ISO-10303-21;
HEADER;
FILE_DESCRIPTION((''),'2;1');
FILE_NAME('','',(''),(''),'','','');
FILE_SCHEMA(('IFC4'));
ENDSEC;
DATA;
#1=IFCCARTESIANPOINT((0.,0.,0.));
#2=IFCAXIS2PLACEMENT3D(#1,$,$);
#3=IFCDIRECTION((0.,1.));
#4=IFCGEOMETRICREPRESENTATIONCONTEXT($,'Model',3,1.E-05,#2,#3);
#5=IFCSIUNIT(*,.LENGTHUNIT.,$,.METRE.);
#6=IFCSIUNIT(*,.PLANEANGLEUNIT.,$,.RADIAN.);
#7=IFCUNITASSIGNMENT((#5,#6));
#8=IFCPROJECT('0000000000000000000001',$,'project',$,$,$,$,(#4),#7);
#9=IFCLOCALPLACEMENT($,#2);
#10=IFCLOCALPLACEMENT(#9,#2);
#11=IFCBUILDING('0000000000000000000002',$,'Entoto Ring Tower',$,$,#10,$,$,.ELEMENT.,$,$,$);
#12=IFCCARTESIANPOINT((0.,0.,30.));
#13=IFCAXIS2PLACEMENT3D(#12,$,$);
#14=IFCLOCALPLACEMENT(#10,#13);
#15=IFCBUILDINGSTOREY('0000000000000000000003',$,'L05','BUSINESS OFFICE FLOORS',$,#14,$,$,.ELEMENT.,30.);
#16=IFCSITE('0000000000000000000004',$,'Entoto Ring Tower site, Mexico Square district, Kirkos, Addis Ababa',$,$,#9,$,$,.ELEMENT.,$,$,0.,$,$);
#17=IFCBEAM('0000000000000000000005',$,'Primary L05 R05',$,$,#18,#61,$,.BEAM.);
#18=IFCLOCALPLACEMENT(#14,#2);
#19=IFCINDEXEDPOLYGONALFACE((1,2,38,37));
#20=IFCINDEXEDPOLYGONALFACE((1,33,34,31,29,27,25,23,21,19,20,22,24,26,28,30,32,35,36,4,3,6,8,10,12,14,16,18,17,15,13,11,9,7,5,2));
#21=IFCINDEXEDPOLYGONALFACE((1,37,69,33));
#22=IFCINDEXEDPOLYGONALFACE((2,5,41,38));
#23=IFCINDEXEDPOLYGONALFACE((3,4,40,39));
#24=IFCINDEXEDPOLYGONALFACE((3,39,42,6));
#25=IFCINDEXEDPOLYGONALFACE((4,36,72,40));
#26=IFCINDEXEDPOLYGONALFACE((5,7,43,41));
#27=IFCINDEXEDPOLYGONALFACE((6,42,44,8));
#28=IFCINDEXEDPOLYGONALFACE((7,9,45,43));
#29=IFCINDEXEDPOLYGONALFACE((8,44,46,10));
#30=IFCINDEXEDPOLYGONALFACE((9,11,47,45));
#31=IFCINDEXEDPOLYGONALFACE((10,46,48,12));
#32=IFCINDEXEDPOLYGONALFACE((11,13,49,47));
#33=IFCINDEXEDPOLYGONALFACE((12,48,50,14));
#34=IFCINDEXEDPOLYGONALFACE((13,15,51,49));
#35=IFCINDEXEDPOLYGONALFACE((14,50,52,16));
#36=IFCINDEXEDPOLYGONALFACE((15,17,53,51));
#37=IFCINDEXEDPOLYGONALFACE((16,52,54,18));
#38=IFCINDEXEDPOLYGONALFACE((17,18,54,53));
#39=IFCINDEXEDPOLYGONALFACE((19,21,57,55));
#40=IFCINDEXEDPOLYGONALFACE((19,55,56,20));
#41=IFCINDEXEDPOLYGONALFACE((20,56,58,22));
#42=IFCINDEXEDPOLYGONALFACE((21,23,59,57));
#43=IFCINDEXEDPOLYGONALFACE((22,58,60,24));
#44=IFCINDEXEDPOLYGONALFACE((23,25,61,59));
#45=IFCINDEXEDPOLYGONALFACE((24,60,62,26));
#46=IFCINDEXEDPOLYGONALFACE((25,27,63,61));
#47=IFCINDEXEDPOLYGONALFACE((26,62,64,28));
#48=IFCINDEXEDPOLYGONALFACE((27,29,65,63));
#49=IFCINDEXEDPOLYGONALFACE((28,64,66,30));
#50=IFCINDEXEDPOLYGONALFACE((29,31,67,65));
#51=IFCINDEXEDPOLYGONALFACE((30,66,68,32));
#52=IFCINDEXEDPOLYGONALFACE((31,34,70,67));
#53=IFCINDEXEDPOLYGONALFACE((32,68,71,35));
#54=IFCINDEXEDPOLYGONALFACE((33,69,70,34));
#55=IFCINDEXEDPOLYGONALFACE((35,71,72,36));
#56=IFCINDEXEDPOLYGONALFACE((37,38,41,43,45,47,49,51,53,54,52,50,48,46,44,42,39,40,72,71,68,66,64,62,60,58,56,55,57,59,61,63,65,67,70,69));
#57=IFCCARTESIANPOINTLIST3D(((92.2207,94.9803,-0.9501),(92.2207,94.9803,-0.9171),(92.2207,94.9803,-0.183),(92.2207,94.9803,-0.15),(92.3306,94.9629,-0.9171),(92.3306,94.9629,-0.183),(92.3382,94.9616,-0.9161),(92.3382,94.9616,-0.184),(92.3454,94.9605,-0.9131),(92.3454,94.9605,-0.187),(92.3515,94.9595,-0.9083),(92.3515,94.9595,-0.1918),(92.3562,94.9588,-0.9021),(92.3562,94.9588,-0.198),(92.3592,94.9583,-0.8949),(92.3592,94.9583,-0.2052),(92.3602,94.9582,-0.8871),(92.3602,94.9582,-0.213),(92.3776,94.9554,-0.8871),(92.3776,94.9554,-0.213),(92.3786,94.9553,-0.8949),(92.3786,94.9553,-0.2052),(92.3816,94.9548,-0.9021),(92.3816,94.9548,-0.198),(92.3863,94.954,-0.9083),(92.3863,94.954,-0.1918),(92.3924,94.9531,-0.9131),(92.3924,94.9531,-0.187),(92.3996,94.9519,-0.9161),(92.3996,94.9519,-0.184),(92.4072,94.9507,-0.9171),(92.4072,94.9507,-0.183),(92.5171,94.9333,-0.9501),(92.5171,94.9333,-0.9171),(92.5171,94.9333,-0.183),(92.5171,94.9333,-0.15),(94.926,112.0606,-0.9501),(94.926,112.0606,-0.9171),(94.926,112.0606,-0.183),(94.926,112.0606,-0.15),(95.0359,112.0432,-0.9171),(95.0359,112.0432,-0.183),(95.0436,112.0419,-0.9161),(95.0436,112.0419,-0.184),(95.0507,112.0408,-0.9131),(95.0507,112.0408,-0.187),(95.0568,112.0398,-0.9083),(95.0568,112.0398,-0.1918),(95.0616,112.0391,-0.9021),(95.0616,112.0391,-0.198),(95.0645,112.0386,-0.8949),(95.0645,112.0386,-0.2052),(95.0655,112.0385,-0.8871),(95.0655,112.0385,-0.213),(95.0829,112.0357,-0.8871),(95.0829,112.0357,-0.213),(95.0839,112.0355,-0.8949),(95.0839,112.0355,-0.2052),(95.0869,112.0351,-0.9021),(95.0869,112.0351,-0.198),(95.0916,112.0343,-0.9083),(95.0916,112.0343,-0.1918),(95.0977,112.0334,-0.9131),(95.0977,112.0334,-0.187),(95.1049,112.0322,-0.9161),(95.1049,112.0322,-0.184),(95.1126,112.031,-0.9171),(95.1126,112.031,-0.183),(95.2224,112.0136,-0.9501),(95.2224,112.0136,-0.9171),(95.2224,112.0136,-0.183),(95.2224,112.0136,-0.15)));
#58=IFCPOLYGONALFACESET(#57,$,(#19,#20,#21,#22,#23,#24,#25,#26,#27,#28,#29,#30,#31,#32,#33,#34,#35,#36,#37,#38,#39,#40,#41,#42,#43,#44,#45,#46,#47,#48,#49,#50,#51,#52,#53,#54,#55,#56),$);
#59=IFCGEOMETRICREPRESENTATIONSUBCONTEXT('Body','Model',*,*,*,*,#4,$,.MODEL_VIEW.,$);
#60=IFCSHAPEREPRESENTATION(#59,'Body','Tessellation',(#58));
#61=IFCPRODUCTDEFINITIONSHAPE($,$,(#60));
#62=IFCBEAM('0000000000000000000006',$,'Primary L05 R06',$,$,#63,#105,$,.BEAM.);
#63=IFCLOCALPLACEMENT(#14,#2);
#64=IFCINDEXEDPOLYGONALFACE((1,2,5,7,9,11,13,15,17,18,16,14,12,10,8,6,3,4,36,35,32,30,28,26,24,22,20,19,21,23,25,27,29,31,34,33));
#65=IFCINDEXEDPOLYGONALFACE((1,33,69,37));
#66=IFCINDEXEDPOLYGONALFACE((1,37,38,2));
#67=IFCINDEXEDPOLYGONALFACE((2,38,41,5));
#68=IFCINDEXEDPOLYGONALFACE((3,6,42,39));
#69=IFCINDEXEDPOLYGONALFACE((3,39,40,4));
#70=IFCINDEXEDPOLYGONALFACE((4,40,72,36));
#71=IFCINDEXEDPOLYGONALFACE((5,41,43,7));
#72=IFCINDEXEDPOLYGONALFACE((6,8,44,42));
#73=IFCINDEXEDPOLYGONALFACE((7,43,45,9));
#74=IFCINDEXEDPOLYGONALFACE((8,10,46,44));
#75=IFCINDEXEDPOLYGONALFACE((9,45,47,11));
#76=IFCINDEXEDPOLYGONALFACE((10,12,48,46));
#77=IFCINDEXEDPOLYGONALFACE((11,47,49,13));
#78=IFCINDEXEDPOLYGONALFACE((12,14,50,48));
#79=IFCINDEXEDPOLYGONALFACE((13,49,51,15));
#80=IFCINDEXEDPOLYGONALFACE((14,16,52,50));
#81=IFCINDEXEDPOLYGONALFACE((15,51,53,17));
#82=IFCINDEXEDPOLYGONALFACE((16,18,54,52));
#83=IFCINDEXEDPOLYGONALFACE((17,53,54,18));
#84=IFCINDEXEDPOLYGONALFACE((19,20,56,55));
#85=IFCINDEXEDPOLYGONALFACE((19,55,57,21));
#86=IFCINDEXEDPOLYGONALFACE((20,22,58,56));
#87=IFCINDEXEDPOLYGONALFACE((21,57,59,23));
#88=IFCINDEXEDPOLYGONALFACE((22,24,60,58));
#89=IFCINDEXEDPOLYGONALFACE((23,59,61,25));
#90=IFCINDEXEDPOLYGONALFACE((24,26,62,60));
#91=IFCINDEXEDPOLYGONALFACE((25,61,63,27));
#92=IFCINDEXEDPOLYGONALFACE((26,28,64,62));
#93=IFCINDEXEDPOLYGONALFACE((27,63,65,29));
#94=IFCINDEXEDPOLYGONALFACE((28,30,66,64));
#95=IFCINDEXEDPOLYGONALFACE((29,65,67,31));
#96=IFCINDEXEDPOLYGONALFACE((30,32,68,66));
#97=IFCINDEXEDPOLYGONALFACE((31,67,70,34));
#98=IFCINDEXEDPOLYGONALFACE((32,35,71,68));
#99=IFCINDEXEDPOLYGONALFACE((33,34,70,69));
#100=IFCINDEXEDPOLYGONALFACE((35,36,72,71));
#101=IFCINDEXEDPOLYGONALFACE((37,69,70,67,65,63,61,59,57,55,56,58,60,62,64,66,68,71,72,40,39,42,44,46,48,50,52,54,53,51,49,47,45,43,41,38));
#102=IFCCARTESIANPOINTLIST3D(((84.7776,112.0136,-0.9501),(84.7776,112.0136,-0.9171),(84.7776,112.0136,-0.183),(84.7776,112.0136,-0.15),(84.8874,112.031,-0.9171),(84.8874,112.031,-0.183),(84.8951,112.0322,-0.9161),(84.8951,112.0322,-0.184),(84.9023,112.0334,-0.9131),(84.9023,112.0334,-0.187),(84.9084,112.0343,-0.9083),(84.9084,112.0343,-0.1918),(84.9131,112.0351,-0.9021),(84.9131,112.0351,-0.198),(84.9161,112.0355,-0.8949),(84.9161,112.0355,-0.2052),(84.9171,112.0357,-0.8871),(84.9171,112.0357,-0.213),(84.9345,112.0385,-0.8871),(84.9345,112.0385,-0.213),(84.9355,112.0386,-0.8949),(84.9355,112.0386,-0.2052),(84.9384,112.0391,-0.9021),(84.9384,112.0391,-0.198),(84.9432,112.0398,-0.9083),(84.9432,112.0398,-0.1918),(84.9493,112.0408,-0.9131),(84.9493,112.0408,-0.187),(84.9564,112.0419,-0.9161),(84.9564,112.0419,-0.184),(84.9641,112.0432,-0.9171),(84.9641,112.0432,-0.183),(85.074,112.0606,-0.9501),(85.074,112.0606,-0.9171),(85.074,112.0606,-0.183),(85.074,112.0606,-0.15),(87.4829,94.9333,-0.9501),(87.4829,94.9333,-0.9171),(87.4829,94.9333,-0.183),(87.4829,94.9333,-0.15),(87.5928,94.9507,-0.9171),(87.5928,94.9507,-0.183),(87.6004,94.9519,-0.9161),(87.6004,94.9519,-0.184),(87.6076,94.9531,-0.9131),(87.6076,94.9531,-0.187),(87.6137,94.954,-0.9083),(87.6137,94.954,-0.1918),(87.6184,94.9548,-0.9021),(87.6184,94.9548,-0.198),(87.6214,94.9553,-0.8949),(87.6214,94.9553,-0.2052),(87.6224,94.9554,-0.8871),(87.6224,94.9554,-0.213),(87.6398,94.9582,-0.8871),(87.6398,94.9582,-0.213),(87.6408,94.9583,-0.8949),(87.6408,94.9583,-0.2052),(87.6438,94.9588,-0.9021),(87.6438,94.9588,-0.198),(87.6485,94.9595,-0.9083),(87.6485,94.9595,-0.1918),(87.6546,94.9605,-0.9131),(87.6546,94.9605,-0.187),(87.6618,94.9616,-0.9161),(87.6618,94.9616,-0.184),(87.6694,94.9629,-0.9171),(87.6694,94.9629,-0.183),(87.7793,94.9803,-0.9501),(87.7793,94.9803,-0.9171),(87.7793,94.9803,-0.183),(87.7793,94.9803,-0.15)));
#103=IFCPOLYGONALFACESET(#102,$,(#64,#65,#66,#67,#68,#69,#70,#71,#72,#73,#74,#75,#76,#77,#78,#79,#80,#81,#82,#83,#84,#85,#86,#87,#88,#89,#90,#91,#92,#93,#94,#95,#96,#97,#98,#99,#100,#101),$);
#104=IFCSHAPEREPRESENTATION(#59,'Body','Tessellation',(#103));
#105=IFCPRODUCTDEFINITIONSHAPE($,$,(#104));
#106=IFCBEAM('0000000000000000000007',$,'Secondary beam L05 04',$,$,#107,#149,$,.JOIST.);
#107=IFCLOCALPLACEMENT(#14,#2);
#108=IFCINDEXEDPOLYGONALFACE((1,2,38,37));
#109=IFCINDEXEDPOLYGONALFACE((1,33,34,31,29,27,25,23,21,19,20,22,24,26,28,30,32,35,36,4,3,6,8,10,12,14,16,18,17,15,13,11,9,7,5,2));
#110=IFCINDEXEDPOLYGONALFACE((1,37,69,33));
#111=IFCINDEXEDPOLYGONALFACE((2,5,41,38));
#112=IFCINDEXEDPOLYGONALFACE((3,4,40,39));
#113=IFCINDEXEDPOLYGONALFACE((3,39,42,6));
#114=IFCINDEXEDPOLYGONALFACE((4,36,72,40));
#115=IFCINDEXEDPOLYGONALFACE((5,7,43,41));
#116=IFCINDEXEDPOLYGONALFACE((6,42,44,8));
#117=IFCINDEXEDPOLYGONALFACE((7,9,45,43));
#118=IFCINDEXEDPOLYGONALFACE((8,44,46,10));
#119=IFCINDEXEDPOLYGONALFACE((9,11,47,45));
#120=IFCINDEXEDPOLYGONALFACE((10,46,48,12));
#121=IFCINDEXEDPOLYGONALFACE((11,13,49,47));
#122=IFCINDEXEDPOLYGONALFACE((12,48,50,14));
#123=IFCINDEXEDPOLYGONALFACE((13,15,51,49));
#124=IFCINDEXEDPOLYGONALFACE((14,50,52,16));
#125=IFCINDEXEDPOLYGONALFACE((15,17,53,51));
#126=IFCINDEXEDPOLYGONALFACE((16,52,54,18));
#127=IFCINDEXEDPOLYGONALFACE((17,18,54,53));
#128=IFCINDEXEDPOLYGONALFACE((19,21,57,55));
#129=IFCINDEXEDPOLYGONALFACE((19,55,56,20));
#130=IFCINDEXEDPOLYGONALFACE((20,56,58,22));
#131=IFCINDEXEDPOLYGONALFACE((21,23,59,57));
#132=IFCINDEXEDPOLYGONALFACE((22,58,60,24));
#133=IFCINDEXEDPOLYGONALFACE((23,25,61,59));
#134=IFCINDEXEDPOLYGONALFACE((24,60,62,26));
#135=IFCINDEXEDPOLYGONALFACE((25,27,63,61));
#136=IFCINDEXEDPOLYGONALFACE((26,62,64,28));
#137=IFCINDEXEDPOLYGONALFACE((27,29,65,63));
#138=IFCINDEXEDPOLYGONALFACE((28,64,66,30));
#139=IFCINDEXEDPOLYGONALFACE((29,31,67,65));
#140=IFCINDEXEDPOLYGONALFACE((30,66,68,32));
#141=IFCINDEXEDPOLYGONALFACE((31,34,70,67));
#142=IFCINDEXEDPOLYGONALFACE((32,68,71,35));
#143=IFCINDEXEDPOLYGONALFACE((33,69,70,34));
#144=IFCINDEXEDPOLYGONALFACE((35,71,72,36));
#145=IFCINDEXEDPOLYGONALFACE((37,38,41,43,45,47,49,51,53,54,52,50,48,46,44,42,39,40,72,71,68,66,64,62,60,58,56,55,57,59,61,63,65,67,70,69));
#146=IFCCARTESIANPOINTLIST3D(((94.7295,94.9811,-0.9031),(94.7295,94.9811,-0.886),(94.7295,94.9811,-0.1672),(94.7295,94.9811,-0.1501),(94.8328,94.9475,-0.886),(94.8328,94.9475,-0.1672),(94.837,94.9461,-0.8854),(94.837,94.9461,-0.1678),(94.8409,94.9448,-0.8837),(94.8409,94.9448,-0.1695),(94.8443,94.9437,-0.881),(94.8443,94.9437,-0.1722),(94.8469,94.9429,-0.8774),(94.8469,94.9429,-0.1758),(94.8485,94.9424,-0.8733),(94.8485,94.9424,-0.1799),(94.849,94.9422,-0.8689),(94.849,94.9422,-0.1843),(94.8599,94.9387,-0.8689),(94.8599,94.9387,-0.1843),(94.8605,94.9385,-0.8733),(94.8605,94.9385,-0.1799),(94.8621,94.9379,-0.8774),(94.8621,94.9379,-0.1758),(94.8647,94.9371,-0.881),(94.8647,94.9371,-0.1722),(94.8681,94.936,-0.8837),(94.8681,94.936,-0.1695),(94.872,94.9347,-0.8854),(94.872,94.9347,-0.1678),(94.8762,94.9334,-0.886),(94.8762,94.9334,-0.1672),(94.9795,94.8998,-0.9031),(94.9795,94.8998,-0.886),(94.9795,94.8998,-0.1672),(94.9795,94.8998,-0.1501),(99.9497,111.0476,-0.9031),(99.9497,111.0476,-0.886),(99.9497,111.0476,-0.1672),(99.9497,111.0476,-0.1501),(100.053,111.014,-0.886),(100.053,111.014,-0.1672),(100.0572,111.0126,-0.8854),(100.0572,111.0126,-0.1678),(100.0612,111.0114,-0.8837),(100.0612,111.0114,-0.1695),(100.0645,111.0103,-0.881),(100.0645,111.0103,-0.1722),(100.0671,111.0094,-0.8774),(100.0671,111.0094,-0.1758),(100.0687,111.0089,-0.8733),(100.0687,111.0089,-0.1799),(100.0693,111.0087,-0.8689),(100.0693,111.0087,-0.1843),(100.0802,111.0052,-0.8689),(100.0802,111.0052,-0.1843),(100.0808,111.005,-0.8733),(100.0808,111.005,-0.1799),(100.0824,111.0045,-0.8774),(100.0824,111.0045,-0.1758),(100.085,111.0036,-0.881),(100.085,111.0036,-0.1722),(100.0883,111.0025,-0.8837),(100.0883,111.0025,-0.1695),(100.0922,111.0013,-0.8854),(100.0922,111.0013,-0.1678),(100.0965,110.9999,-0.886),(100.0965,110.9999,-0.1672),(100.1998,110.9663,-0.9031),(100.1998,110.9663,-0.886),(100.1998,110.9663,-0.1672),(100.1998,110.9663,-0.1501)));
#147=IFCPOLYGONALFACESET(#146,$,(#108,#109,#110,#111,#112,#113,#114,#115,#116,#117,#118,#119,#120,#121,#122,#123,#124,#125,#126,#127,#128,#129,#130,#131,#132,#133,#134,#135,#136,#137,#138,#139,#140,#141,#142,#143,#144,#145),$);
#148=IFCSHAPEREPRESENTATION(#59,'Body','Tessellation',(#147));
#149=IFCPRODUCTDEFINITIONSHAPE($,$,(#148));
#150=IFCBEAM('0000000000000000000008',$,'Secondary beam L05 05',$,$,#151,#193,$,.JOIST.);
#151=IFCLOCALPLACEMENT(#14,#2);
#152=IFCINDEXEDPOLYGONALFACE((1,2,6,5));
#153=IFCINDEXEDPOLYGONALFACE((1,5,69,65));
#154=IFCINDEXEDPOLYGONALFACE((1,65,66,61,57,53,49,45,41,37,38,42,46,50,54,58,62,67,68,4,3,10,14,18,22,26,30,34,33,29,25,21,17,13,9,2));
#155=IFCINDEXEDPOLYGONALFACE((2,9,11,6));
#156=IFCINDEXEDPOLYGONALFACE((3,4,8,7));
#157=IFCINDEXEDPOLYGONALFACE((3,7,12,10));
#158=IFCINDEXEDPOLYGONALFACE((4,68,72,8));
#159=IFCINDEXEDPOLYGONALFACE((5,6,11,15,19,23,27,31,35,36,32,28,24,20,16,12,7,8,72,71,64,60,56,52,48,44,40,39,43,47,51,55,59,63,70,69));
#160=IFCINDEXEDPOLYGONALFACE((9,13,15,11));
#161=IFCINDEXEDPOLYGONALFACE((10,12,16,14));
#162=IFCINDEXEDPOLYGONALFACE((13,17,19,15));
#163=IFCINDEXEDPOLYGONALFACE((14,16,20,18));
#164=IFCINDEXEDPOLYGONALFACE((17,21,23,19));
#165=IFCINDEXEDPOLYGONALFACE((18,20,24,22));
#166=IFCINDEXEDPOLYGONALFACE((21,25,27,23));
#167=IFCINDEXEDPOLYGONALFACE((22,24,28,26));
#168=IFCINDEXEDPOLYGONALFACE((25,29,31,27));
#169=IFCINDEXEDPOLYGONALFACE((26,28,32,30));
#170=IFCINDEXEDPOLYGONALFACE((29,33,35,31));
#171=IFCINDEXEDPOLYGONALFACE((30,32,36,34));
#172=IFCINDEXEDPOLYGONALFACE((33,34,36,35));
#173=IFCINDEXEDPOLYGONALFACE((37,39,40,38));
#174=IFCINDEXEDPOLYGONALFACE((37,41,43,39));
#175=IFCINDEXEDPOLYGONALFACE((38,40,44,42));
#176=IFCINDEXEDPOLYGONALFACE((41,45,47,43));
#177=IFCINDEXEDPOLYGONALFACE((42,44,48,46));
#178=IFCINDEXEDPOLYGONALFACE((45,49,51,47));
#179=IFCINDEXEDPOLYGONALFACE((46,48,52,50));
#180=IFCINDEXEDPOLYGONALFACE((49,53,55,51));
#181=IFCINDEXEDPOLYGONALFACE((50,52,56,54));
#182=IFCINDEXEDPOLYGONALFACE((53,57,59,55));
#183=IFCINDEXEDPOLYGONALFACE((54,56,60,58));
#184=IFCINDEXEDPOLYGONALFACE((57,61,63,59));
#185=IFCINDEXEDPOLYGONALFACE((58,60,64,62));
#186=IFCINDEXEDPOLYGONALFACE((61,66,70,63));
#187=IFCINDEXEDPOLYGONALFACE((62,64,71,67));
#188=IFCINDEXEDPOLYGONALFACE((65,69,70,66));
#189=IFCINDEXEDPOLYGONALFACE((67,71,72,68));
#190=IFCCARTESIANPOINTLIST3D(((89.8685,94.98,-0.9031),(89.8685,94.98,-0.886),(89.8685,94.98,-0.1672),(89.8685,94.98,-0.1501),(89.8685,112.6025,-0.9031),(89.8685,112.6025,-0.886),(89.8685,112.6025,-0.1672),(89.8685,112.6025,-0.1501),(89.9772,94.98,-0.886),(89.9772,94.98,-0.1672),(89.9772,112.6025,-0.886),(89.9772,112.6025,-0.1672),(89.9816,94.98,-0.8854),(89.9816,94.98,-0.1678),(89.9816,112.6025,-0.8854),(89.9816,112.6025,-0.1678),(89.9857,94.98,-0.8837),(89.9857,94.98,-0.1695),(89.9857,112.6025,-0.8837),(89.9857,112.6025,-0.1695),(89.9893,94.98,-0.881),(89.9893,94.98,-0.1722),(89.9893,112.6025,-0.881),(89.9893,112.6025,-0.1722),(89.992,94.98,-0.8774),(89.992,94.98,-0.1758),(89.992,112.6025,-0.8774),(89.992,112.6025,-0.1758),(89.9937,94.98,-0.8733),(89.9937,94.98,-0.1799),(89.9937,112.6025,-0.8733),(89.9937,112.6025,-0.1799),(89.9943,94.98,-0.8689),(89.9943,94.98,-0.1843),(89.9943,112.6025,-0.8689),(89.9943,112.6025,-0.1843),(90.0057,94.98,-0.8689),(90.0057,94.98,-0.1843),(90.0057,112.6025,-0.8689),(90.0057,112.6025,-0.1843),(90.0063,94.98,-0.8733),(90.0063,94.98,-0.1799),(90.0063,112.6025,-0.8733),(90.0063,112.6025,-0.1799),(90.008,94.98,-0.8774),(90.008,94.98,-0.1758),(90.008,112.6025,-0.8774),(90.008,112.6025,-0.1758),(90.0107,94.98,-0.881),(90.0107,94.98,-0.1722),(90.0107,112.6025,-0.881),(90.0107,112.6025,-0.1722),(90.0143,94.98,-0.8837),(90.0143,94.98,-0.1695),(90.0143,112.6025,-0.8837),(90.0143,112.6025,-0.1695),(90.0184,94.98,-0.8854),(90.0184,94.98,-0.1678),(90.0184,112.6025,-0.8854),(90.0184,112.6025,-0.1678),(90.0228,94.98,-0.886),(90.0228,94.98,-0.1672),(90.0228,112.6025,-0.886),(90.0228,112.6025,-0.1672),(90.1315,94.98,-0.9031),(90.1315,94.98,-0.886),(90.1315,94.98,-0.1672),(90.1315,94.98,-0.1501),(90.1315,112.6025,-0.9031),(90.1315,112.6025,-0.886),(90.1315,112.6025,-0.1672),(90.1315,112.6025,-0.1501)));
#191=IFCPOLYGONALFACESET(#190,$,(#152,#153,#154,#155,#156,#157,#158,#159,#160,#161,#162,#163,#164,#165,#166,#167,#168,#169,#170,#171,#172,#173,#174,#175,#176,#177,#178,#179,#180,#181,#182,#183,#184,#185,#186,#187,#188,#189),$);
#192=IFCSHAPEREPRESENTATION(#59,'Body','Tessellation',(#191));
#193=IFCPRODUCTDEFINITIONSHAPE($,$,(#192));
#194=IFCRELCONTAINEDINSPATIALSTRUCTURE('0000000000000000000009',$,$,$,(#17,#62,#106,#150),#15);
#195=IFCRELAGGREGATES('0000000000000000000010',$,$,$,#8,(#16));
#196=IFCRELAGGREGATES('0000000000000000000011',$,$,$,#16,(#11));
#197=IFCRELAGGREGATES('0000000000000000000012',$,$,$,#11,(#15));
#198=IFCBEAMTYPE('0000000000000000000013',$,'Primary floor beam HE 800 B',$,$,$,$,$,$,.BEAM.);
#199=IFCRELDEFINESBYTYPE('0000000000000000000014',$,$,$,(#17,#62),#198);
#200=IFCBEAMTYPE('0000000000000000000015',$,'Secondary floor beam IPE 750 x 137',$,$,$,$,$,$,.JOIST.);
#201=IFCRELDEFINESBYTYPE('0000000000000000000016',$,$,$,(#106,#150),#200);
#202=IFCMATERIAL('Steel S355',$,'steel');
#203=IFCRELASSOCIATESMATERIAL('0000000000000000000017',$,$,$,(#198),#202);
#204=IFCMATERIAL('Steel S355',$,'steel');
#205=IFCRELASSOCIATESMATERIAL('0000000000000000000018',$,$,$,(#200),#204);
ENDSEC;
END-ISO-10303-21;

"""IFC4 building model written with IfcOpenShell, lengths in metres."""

from ifc_helpers import new_model, si_unit, direction, frame, origin, origin_2d, place, context, subcontext, project, spatial, i_section, extrude, material, material_profile, profile_set, type_object, element, save


model = new_model("IFC4")

# Units and contexts
model_context = context("Model", 3, precision=1e-05, world=origin(), true_north=direction((0.0, 1.0)))
body_context = subcontext(model_context, "Body", "Model", "MODEL_VIEW")
ifc_project = project(units=[si_unit("LENGTHUNIT", "METRE"), si_unit("PLANEANGLEUNIT", "RADIAN")], contexts=[model_context])

# Site, building, storey
site_placement = place(None, origin())
site = spatial("IfcSite", under=ifc_project, at=site_placement, Name="Entoto Ring Tower site, Mexico Square district, Kirkos, Addis Ababa", CompositionType="ELEMENT", RefElevation=0.0)
building_placement = place(site_placement, origin())
building = spatial("IfcBuilding", under=site, at=building_placement, Name="Entoto Ring Tower", CompositionType="ELEMENT")
storey_placement = place(building_placement, frame((0.0, 0.0, 30.0)))
storey = spatial("IfcBuildingStorey", under=building, at=storey_placement, Name="L05", Description="BUSINESS OFFICE FLOORS", CompositionType="ELEMENT", Elevation=30.0)

# Beams
ifc_material_1 = material(Name="Steel S355", Category="steel")
ifc_material_profile_1 = material_profile(ifc_material_1, i_section(OverallWidth=0.3, OverallDepth=0.8, WebThickness=0.0176, FlangeThickness=0.033, FilletRadius=0.03, at=origin_2d()), Name="HE 800 B")
ifc_profile_set_1 = profile_set([ifc_material_profile_1], Name="Steel S355")
beam_type_1 = type_object("IfcBeamType", Name="Primary floor beam HE 800 B", PredefinedType="BEAM", material=ifc_profile_set_1)
for number, where, z_axis, x_axis, name in (
    (1, (92.3689, 94.9568, -0.55), (0.156438, 0.987688, 0.0), (-0.987688, 0.156438, 0.0), "Primary L05 R05"),
    (2, (87.6311, 94.9568, -0.55), (-0.156438, 0.987688, 0.0), (-0.987688, -0.156438, 0.0), "Primary L05 R06"),
):
    element("IfcBeam", number, at=place(storey_placement, frame(where, z_axis=z_axis, x_axis=x_axis)), inside=storey, type_object=beam_type_1, Name=name, PredefinedType="BEAM", context=body_context, shape_type="SweptSolid", body=[
        extrude(i_section(OverallWidth=0.3, OverallDepth=0.8, WebThickness=0.0176, FlangeThickness=0.033, FilletRadius=0.03, at=origin_2d()), origin(), (0.0, 0.0, 1.0), 17.2932),
    ])
ifc_material_2 = material(Name="Steel S355", Category="steel")
ifc_material_profile_2 = material_profile(ifc_material_2, i_section(OverallWidth=0.2629, OverallDepth=0.7529, WebThickness=0.0115, FlangeThickness=0.0171, FilletRadius=0.0171, at=origin_2d()), Name="IPE 750 x 137")
ifc_profile_set_2 = profile_set([ifc_material_profile_2], Name="Steel S355")
beam_type_2 = type_object("IfcBeamType", Name="Secondary floor beam IPE 750 x 137", PredefinedType="JOIST", material=ifc_profile_set_2)
beam_1_placement = place(storey_placement, frame((94.8545, 94.9404, -0.5266), z_axis=(0.309013, 0.951058, 0.0), x_axis=(-0.951058, 0.309013, 0.0)))
element("IfcBeam", 3, at=beam_1_placement, inside=storey, type_object=beam_type_2, Name="Secondary beam L05 04", PredefinedType="JOIST", context=body_context, shape_type="SweptSolid", body=[
    extrude(i_section(OverallWidth=0.2629, OverallDepth=0.7529, WebThickness=0.0115, FlangeThickness=0.0171, FilletRadius=0.0171, at=origin_2d()), origin(), (0.0, 0.0, 1.0), 16.8933),
])
beam_2_placement = place(storey_placement, frame((90.0, 94.98, -0.5266), z_axis=(0.0, 1.0, 0.0), x_axis=(-1.0, 0.0, 0.0)))
element("IfcBeam", 4, at=beam_2_placement, inside=storey, type_object=beam_type_2, Name="Secondary beam L05 05", PredefinedType="JOIST", context=body_context, shape_type="SweptSolid", body=[
    extrude(i_section(OverallWidth=0.2629, OverallDepth=0.7529, WebThickness=0.0115, FlangeThickness=0.0171, FilletRadius=0.0171, at=origin_2d()), origin(), (0.0, 0.0, 1.0), 17.6226),
])

save(model, "model.ifc")
